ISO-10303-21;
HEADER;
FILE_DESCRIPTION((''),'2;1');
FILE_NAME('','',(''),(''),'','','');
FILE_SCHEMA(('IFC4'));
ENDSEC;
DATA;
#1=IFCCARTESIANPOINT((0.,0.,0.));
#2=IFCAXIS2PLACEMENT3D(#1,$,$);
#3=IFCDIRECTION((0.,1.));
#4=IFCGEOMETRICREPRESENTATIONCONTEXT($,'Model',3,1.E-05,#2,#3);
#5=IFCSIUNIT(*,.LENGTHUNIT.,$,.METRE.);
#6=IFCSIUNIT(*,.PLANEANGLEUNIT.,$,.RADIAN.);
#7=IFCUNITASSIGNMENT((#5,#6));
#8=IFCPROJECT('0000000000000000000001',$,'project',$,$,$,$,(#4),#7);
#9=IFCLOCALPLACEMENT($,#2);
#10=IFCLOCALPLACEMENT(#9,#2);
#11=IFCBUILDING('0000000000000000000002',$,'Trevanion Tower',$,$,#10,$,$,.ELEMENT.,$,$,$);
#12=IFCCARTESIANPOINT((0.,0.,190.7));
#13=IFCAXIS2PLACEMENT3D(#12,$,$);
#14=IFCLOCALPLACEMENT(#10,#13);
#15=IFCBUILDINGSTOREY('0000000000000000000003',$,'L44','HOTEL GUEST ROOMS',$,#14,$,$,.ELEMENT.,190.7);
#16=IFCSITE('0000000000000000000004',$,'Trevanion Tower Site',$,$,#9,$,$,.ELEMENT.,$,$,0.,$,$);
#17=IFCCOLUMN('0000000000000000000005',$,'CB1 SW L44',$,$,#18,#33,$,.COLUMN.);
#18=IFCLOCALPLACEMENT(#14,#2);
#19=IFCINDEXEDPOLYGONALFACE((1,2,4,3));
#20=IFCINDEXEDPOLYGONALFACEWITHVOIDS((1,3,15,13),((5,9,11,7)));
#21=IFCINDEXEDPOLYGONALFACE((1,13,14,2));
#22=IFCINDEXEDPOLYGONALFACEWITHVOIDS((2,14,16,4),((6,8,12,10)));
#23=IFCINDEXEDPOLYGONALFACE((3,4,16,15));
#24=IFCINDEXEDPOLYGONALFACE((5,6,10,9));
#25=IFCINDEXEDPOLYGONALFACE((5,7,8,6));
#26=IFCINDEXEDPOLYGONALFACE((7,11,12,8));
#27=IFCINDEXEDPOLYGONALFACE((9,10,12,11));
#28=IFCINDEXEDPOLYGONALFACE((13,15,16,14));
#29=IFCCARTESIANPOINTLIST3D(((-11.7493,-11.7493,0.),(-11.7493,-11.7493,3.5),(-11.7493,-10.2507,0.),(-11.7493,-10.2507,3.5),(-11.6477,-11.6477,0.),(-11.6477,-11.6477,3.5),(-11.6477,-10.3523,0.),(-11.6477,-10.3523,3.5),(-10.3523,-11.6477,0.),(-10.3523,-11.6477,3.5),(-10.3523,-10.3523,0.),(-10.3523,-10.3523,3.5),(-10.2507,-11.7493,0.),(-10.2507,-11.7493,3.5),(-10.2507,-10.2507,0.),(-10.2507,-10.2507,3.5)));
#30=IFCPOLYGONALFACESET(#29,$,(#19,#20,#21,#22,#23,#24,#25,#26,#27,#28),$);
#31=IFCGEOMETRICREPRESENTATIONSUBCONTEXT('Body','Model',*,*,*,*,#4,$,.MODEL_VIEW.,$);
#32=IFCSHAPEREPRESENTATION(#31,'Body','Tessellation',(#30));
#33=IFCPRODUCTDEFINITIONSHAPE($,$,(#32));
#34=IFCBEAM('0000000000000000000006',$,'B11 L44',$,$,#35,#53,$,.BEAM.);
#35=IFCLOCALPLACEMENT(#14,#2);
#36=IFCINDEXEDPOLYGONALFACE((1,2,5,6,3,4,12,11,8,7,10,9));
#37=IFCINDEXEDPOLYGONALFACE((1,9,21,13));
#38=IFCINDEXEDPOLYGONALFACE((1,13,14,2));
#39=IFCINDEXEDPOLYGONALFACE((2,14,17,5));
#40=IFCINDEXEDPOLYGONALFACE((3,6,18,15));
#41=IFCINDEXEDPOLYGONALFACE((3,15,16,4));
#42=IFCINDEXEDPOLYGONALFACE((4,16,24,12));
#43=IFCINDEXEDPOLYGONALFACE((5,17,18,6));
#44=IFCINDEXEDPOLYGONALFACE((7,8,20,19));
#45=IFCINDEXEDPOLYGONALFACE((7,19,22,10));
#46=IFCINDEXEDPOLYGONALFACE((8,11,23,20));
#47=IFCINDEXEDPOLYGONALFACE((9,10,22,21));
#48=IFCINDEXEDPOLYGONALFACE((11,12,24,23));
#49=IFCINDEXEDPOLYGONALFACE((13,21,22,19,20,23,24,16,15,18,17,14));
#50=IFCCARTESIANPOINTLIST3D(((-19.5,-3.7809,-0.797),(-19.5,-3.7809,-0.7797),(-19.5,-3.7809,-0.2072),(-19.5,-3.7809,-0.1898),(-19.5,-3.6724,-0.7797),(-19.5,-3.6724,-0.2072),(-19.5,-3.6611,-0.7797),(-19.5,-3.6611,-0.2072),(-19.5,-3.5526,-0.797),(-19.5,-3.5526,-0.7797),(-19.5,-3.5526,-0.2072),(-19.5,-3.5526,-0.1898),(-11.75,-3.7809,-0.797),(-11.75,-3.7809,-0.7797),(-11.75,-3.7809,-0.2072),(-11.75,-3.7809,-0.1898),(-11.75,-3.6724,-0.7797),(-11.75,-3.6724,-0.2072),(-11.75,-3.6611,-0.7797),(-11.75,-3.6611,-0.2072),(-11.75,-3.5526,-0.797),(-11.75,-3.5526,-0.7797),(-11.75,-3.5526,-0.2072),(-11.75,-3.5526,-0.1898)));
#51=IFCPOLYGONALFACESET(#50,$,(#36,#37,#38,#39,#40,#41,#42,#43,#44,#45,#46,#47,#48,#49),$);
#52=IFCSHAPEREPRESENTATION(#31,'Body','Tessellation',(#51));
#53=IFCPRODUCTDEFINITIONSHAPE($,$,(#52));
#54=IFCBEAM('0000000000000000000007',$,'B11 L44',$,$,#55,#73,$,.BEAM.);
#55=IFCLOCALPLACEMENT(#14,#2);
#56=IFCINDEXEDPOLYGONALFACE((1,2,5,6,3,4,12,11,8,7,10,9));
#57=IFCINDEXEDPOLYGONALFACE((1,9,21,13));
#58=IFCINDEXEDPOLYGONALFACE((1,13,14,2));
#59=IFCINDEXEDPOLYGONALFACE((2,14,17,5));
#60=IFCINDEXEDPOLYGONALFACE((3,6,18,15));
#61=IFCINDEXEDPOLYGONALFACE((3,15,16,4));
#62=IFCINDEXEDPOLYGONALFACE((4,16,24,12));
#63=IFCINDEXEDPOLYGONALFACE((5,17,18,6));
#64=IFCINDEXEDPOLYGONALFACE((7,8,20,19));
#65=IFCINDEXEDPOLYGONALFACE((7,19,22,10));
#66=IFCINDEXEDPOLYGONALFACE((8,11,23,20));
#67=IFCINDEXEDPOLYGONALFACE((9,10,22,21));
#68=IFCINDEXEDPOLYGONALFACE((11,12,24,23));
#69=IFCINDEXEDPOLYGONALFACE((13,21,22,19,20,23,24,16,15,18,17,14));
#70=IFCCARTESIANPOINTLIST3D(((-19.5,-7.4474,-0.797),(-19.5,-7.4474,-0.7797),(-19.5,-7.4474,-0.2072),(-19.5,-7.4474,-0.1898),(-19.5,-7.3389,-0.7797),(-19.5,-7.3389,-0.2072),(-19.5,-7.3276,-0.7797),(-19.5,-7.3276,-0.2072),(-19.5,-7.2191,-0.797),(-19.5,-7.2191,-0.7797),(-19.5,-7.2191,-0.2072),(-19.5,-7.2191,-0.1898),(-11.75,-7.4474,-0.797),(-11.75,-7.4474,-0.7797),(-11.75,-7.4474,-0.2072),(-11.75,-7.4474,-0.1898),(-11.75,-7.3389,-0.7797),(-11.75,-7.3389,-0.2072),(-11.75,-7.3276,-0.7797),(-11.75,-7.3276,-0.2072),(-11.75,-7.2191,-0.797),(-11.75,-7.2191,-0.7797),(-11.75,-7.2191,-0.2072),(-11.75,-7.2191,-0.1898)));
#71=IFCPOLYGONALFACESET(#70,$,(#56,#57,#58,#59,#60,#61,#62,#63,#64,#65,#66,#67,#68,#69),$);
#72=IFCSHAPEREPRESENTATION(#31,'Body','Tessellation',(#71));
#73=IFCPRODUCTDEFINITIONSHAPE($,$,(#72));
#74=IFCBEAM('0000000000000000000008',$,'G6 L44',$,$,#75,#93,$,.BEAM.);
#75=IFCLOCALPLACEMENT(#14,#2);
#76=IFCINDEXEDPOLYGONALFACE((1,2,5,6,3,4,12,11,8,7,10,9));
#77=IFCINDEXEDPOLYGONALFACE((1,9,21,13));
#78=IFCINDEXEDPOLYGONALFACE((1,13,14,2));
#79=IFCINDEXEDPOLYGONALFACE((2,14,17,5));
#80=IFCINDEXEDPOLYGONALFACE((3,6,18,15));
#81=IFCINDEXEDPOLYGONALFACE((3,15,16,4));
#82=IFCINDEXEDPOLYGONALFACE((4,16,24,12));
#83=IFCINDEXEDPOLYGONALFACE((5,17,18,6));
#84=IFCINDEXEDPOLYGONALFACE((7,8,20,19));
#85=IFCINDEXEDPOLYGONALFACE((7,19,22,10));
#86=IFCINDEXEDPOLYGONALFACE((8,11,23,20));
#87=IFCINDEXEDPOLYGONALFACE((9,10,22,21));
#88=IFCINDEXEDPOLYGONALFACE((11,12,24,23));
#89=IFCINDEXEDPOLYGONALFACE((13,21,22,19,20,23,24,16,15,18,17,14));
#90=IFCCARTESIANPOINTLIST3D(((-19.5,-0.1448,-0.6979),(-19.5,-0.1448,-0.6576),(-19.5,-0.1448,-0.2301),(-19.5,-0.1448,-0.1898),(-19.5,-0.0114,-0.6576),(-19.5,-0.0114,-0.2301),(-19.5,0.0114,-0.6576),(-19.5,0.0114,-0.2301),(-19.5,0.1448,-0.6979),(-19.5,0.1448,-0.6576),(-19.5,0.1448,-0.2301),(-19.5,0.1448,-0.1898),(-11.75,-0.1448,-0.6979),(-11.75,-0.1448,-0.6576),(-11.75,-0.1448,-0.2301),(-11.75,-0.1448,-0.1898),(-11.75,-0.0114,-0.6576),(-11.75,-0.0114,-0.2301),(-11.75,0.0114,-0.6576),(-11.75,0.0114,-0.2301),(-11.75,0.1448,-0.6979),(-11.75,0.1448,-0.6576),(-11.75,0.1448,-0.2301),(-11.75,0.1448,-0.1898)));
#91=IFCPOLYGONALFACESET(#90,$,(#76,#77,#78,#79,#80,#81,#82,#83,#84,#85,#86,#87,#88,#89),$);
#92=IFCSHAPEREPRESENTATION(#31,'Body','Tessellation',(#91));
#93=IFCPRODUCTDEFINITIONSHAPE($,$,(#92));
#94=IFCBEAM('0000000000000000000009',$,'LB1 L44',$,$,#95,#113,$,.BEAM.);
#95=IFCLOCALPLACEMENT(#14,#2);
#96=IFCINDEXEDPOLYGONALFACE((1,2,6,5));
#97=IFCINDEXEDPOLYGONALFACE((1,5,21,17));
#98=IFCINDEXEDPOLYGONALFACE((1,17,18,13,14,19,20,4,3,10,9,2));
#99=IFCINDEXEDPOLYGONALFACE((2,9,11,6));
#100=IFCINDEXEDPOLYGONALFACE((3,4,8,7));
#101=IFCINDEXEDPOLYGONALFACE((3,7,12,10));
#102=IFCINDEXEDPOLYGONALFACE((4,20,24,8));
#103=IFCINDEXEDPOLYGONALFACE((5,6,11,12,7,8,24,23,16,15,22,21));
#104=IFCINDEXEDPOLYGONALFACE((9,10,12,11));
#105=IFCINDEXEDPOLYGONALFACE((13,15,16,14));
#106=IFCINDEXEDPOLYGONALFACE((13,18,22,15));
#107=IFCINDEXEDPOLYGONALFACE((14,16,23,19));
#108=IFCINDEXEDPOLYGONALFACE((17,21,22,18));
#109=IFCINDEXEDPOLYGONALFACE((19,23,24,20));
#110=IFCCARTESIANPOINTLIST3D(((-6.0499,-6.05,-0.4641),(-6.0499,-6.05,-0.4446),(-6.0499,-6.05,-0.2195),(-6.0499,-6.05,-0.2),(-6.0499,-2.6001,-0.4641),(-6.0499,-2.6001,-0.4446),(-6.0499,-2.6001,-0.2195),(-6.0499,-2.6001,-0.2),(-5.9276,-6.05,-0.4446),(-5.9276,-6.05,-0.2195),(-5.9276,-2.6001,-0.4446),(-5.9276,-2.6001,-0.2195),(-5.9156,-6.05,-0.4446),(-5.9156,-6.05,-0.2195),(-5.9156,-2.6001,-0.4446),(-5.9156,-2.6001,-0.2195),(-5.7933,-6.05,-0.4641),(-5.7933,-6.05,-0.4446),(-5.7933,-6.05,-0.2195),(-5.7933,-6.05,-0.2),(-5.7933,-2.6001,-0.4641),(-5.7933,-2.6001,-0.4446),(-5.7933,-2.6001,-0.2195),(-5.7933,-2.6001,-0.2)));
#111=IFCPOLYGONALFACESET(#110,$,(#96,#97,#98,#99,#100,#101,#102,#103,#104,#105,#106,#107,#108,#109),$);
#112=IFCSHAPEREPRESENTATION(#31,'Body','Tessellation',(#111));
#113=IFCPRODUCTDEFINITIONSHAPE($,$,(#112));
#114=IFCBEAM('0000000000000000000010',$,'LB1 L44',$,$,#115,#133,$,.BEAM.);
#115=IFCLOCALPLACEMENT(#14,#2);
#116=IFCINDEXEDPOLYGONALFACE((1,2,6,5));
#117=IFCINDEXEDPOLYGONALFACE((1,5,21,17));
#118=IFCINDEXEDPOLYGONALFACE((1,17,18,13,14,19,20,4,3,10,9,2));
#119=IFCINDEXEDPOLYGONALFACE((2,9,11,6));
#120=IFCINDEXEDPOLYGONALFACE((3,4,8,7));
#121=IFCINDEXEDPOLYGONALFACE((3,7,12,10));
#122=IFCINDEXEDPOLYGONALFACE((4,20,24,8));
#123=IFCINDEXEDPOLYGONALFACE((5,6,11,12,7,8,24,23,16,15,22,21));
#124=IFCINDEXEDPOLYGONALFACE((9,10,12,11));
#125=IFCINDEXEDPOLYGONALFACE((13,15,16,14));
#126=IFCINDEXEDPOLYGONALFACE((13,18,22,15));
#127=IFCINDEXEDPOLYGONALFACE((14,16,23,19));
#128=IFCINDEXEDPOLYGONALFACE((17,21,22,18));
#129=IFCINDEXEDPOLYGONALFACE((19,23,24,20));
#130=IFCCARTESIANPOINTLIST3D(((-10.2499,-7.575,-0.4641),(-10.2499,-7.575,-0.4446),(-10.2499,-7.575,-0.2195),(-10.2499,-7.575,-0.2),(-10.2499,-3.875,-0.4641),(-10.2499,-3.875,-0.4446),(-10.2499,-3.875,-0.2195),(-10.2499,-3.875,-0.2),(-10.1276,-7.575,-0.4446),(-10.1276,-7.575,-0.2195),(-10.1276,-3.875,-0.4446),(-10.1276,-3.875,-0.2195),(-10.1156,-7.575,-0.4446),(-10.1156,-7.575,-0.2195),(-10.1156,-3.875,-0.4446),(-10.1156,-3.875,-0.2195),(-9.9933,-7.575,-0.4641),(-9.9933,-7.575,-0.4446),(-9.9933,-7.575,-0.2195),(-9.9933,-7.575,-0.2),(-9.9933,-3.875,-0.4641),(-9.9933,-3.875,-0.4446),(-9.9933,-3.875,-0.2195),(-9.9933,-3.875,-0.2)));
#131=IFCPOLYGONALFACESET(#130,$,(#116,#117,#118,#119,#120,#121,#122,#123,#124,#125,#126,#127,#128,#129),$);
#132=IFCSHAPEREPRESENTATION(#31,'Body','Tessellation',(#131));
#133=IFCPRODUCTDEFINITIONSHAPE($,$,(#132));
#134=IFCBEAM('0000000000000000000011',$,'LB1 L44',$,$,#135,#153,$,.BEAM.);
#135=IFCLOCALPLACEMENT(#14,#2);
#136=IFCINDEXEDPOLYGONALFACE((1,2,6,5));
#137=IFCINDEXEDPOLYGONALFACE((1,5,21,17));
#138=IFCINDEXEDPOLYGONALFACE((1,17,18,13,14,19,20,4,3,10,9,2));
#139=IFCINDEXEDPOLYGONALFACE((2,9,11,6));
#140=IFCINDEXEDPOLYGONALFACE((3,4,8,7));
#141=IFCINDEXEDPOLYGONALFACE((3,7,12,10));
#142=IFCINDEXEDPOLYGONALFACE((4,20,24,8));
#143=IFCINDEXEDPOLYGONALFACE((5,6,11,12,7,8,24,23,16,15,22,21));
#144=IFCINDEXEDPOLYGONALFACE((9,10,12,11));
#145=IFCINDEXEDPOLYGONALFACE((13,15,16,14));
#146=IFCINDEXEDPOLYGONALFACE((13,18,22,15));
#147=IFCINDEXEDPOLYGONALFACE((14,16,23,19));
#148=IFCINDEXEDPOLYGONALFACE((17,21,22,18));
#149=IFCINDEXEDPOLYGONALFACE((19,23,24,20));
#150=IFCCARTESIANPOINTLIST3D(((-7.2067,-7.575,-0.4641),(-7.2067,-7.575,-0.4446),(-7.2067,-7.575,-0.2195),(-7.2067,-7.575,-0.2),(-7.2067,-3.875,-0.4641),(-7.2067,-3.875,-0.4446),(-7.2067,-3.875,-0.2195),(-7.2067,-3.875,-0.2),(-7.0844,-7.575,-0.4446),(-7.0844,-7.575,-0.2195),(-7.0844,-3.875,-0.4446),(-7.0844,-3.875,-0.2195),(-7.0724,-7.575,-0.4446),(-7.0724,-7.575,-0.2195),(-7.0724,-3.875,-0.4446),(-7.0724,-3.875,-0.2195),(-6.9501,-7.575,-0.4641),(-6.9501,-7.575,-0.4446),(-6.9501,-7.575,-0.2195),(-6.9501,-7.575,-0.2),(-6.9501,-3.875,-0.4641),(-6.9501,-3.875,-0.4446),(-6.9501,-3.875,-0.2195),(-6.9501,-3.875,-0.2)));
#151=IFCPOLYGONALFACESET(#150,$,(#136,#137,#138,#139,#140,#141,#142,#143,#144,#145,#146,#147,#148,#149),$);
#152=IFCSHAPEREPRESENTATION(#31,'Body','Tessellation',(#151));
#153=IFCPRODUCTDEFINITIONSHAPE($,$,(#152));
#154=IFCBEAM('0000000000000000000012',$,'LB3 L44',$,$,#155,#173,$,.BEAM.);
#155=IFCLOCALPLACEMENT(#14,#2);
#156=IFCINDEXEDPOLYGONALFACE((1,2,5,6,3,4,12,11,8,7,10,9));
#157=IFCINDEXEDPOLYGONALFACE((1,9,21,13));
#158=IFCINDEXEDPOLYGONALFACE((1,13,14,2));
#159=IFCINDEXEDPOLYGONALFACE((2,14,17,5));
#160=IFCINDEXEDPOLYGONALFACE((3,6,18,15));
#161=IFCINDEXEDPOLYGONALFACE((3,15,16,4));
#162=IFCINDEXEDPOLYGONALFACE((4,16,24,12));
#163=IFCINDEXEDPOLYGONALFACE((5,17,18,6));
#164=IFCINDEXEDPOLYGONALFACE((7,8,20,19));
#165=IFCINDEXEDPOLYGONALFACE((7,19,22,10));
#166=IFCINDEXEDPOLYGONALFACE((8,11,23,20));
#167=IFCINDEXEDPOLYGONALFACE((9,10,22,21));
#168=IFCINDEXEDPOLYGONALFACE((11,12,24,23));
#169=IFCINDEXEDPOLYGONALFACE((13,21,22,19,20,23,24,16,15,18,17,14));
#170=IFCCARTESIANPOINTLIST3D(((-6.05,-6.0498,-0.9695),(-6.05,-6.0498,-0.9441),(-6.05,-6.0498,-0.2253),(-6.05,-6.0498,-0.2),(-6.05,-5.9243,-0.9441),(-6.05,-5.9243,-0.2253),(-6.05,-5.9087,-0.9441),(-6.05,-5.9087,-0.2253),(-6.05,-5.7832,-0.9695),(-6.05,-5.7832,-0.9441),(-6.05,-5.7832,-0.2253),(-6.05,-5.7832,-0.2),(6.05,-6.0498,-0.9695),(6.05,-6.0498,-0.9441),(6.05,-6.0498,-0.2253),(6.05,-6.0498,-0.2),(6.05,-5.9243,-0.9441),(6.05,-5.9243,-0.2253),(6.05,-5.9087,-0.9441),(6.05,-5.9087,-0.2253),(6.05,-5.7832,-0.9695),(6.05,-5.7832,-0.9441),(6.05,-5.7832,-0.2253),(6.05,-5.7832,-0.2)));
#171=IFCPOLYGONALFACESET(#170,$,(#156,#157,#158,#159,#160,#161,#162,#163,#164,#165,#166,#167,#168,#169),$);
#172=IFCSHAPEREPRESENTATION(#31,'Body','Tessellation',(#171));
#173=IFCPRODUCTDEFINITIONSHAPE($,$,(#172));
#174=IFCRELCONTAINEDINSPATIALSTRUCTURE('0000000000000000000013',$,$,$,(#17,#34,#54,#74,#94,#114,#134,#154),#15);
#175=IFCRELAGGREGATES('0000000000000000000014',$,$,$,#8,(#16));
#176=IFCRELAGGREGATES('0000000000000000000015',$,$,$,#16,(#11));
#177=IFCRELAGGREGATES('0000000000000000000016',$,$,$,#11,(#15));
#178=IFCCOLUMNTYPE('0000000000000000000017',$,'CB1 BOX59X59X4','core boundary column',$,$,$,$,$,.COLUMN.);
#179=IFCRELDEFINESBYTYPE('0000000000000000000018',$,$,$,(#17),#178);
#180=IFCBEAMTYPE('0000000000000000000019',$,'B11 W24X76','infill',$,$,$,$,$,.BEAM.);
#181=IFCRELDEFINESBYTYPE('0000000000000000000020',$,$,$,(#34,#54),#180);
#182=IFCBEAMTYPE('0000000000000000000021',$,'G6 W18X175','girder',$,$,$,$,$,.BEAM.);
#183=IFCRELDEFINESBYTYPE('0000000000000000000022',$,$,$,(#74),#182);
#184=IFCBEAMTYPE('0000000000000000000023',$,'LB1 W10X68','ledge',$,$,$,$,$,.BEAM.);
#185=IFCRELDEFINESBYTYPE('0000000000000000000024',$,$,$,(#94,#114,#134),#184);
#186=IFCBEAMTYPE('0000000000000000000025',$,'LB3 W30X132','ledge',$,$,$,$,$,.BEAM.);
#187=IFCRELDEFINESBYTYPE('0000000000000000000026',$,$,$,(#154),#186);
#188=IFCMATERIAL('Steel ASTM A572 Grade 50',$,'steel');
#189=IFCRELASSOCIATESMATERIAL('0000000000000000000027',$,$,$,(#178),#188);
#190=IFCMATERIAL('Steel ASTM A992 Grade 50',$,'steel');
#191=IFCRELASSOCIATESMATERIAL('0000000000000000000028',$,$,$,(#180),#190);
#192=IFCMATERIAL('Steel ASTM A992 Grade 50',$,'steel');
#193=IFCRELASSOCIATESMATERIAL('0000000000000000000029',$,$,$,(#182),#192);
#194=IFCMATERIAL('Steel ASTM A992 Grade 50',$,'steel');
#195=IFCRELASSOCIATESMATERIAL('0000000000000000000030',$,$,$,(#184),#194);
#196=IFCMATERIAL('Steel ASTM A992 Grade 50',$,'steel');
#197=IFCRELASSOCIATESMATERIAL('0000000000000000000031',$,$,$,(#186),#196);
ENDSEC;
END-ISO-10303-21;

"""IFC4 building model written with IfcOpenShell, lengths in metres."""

from ifc_helpers import new_model, si_unit, direction, frame, origin, origin_2d, place, context, subcontext, project, spatial, hollow_rectangle, i_section, extrude, material, material_profile, profile_set, type_object, element, save


model = new_model("IFC4")

# Units and contexts
model_context = context("Model", 3, precision=1e-05, world=origin(), true_north=direction((0.0, 1.0)))
body_context = subcontext(model_context, "Body", "Model", "MODEL_VIEW")
ifc_project = project(units=[si_unit("LENGTHUNIT", "METRE"), si_unit("PLANEANGLEUNIT", "RADIAN")], contexts=[model_context])

# Site, building, storey
site_placement = place(None, origin())
site = spatial("IfcSite", under=ifc_project, at=site_placement, Name="Trevanion Tower Site", CompositionType="ELEMENT", RefElevation=0.0)
building_placement = place(site_placement, origin())
building = spatial("IfcBuilding", under=site, at=building_placement, Name="Trevanion Tower", CompositionType="ELEMENT")
storey_placement = place(building_placement, frame((0.0, 0.0, 190.7)))
storey = spatial("IfcBuildingStorey", under=building, at=storey_placement, Name="L44", Description="HOTEL GUEST ROOMS", CompositionType="ELEMENT", Elevation=190.7)

# Column
ifc_material_1 = material(Name="Steel ASTM A572 Grade 50", Category="steel")
ifc_material_profile_1 = material_profile(ifc_material_1, hollow_rectangle(XDim=1.4985, YDim=1.4985, WallThickness=0.1016, at=origin_2d()), Name="BOX59X59X4")
ifc_profile_set_1 = profile_set([ifc_material_profile_1], Name="Steel ASTM A572 Grade 50")
column_type = type_object("IfcColumnType", Name="CB1 BOX59X59X4", Description="core boundary column", PredefinedType="COLUMN", material=ifc_profile_set_1)
column_placement = place(storey_placement, frame((-11.0, -11.0, 0.0), z_axis=(0.0, 0.0, 1.0), x_axis=(1.0, 0.0, 0.0)))
element("IfcColumn", 1, at=column_placement, inside=storey, type_object=column_type, Name="CB1 SW L44", PredefinedType="COLUMN", context=body_context, shape_type="SweptSolid", body=[
    extrude(hollow_rectangle(XDim=1.4985, YDim=1.4985, WallThickness=0.1016, at=origin_2d()), origin(), (0.0, 0.0, 1.0), 3.5),
])

# Beams
ifc_material_2 = material(Name="Steel ASTM A992 Grade 50", Category="steel")
ifc_material_profile_2 = material_profile(ifc_material_2, i_section(OverallWidth=0.2283, OverallDepth=0.6072, WebThickness=0.0112, FlangeThickness=0.0173, at=origin_2d()), Name="W24X76")
ifc_profile_set_2 = profile_set([ifc_material_profile_2], Name="Steel ASTM A992 Grade 50")
beam_type_1 = type_object("IfcBeamType", Name="B11 W24X76", Description="infill", PredefinedType="BEAM", material=ifc_profile_set_2)
for number, where, z_axis, x_axis, name in (
    (2, (-11.75, -3.6667, -0.4934), (-1.0, 0.0, 0.0), (0.0, -1.0, 0.0), "B11 L44"),
    (3, (-11.75, -7.3333, -0.4934), (-1.0, 0.0, 0.0), (0.0, -1.0, 0.0), "B11 L44"),
):
    element("IfcBeam", number, at=place(storey_placement, frame(where, z_axis=z_axis, x_axis=x_axis)), inside=storey, type_object=beam_type_1, Name=name, PredefinedType="BEAM", context=body_context, shape_type="SweptSolid", body=[
        extrude(i_section(OverallWidth=0.2283, OverallDepth=0.6072, WebThickness=0.0112, FlangeThickness=0.0173, at=origin_2d()), origin(), (0.0, 0.0, 1.0), 7.75),
    ])
ifc_material_3 = material(Name="Steel ASTM A992 Grade 50", Category="steel")
ifc_material_profile_3 = material_profile(ifc_material_3, i_section(OverallWidth=0.2896, OverallDepth=0.5081, WebThickness=0.0227, FlangeThickness=0.0403, at=origin_2d()), Name="W18X175")
ifc_profile_set_3 = profile_set([ifc_material_profile_3], Name="Steel ASTM A992 Grade 50")
beam_type_2 = type_object("IfcBeamType", Name="G6 W18X175", Description="girder", PredefinedType="BEAM", material=ifc_profile_set_3)
beam_1_placement = place(storey_placement, frame((-11.75, 0.0, -0.4438), z_axis=(-1.0, 0.0, 0.0), x_axis=(0.0, -1.0, 0.0)))
element("IfcBeam", 4, at=beam_1_placement, inside=storey, type_object=beam_type_2, Name="G6 L44", PredefinedType="BEAM", context=body_context, shape_type="SweptSolid", body=[
    extrude(i_section(OverallWidth=0.2896, OverallDepth=0.5081, WebThickness=0.0227, FlangeThickness=0.0403, at=origin_2d()), origin(), (0.0, 0.0, 1.0), 7.75),
])
ifc_material_4 = material(Name="Steel ASTM A992 Grade 50", Category="steel")
ifc_material_profile_4 = material_profile(ifc_material_4, i_section(OverallWidth=0.2566, OverallDepth=0.2642, WebThickness=0.012, FlangeThickness=0.0195, at=origin_2d()), Name="W10X68")
ifc_profile_set_4 = profile_set([ifc_material_profile_4], Name="Steel ASTM A992 Grade 50")
beam_type_3 = type_object("IfcBeamType", Name="LB1 W10X68", Description="ledge", PredefinedType="BEAM", material=ifc_profile_set_4)
beam_2_placement = place(storey_placement, frame((-5.9216, -6.05, -0.332), z_axis=(0.0, 1.0, 0.0), x_axis=(-1.0, 0.0, 0.0)))
element("IfcBeam", 5, at=beam_2_placement, inside=storey, type_object=beam_type_3, Name="LB1 L44", PredefinedType="BEAM", context=body_context, shape_type="SweptSolid", body=[
    extrude(i_section(OverallWidth=0.2566, OverallDepth=0.2642, WebThickness=0.012, FlangeThickness=0.0195, at=origin_2d()), origin(), (0.0, 0.0, 1.0), 3.45),
])
for number, where, z_axis, x_axis, name in (
    (6, (-10.1216, -7.575, -0.332), (0.0, 1.0, 0.0), (-1.0, 0.0, 0.0), "LB1 L44"),
    (7, (-7.0784, -7.575, -0.332), (0.0, 1.0, 0.0), (-1.0, 0.0, 0.0), "LB1 L44"),
):
    element("IfcBeam", number, at=place(storey_placement, frame(where, z_axis=z_axis, x_axis=x_axis)), inside=storey, type_object=beam_type_3, Name=name, PredefinedType="BEAM", context=body_context, shape_type="SweptSolid", body=[
        extrude(i_section(OverallWidth=0.2566, OverallDepth=0.2642, WebThickness=0.012, FlangeThickness=0.0195, at=origin_2d()), origin(), (0.0, 0.0, 1.0), 3.7),
    ])
ifc_material_5 = material(Name="Steel ASTM A992 Grade 50", Category="steel")
ifc_material_profile_5 = material_profile(ifc_material_5, i_section(OverallWidth=0.2666, OverallDepth=0.7695, WebThickness=0.0156, FlangeThickness=0.0254, at=origin_2d()), Name="W30X132")
ifc_profile_set_5 = profile_set([ifc_material_profile_5], Name="Steel ASTM A992 Grade 50")
beam_type_4 = type_object("IfcBeamType", Name="LB3 W30X132", Description="ledge", PredefinedType="BEAM", material=ifc_profile_set_5)
beam_3_placement = place(storey_placement, frame((-6.05, -5.9165, -0.5847), z_axis=(1.0, 0.0, 0.0), x_axis=(0.0, 1.0, 0.0)))
element("IfcBeam", 8, at=beam_3_placement, inside=storey, type_object=beam_type_4, Name="LB3 L44", PredefinedType="BEAM", context=body_context, shape_type="SweptSolid", body=[
    extrude(i_section(OverallWidth=0.2666, OverallDepth=0.7695, WebThickness=0.0156, FlangeThickness=0.0254, at=origin_2d()), origin(), (0.0, 0.0, 1.0), 12.1001),
])

save(model, "model.ifc")
